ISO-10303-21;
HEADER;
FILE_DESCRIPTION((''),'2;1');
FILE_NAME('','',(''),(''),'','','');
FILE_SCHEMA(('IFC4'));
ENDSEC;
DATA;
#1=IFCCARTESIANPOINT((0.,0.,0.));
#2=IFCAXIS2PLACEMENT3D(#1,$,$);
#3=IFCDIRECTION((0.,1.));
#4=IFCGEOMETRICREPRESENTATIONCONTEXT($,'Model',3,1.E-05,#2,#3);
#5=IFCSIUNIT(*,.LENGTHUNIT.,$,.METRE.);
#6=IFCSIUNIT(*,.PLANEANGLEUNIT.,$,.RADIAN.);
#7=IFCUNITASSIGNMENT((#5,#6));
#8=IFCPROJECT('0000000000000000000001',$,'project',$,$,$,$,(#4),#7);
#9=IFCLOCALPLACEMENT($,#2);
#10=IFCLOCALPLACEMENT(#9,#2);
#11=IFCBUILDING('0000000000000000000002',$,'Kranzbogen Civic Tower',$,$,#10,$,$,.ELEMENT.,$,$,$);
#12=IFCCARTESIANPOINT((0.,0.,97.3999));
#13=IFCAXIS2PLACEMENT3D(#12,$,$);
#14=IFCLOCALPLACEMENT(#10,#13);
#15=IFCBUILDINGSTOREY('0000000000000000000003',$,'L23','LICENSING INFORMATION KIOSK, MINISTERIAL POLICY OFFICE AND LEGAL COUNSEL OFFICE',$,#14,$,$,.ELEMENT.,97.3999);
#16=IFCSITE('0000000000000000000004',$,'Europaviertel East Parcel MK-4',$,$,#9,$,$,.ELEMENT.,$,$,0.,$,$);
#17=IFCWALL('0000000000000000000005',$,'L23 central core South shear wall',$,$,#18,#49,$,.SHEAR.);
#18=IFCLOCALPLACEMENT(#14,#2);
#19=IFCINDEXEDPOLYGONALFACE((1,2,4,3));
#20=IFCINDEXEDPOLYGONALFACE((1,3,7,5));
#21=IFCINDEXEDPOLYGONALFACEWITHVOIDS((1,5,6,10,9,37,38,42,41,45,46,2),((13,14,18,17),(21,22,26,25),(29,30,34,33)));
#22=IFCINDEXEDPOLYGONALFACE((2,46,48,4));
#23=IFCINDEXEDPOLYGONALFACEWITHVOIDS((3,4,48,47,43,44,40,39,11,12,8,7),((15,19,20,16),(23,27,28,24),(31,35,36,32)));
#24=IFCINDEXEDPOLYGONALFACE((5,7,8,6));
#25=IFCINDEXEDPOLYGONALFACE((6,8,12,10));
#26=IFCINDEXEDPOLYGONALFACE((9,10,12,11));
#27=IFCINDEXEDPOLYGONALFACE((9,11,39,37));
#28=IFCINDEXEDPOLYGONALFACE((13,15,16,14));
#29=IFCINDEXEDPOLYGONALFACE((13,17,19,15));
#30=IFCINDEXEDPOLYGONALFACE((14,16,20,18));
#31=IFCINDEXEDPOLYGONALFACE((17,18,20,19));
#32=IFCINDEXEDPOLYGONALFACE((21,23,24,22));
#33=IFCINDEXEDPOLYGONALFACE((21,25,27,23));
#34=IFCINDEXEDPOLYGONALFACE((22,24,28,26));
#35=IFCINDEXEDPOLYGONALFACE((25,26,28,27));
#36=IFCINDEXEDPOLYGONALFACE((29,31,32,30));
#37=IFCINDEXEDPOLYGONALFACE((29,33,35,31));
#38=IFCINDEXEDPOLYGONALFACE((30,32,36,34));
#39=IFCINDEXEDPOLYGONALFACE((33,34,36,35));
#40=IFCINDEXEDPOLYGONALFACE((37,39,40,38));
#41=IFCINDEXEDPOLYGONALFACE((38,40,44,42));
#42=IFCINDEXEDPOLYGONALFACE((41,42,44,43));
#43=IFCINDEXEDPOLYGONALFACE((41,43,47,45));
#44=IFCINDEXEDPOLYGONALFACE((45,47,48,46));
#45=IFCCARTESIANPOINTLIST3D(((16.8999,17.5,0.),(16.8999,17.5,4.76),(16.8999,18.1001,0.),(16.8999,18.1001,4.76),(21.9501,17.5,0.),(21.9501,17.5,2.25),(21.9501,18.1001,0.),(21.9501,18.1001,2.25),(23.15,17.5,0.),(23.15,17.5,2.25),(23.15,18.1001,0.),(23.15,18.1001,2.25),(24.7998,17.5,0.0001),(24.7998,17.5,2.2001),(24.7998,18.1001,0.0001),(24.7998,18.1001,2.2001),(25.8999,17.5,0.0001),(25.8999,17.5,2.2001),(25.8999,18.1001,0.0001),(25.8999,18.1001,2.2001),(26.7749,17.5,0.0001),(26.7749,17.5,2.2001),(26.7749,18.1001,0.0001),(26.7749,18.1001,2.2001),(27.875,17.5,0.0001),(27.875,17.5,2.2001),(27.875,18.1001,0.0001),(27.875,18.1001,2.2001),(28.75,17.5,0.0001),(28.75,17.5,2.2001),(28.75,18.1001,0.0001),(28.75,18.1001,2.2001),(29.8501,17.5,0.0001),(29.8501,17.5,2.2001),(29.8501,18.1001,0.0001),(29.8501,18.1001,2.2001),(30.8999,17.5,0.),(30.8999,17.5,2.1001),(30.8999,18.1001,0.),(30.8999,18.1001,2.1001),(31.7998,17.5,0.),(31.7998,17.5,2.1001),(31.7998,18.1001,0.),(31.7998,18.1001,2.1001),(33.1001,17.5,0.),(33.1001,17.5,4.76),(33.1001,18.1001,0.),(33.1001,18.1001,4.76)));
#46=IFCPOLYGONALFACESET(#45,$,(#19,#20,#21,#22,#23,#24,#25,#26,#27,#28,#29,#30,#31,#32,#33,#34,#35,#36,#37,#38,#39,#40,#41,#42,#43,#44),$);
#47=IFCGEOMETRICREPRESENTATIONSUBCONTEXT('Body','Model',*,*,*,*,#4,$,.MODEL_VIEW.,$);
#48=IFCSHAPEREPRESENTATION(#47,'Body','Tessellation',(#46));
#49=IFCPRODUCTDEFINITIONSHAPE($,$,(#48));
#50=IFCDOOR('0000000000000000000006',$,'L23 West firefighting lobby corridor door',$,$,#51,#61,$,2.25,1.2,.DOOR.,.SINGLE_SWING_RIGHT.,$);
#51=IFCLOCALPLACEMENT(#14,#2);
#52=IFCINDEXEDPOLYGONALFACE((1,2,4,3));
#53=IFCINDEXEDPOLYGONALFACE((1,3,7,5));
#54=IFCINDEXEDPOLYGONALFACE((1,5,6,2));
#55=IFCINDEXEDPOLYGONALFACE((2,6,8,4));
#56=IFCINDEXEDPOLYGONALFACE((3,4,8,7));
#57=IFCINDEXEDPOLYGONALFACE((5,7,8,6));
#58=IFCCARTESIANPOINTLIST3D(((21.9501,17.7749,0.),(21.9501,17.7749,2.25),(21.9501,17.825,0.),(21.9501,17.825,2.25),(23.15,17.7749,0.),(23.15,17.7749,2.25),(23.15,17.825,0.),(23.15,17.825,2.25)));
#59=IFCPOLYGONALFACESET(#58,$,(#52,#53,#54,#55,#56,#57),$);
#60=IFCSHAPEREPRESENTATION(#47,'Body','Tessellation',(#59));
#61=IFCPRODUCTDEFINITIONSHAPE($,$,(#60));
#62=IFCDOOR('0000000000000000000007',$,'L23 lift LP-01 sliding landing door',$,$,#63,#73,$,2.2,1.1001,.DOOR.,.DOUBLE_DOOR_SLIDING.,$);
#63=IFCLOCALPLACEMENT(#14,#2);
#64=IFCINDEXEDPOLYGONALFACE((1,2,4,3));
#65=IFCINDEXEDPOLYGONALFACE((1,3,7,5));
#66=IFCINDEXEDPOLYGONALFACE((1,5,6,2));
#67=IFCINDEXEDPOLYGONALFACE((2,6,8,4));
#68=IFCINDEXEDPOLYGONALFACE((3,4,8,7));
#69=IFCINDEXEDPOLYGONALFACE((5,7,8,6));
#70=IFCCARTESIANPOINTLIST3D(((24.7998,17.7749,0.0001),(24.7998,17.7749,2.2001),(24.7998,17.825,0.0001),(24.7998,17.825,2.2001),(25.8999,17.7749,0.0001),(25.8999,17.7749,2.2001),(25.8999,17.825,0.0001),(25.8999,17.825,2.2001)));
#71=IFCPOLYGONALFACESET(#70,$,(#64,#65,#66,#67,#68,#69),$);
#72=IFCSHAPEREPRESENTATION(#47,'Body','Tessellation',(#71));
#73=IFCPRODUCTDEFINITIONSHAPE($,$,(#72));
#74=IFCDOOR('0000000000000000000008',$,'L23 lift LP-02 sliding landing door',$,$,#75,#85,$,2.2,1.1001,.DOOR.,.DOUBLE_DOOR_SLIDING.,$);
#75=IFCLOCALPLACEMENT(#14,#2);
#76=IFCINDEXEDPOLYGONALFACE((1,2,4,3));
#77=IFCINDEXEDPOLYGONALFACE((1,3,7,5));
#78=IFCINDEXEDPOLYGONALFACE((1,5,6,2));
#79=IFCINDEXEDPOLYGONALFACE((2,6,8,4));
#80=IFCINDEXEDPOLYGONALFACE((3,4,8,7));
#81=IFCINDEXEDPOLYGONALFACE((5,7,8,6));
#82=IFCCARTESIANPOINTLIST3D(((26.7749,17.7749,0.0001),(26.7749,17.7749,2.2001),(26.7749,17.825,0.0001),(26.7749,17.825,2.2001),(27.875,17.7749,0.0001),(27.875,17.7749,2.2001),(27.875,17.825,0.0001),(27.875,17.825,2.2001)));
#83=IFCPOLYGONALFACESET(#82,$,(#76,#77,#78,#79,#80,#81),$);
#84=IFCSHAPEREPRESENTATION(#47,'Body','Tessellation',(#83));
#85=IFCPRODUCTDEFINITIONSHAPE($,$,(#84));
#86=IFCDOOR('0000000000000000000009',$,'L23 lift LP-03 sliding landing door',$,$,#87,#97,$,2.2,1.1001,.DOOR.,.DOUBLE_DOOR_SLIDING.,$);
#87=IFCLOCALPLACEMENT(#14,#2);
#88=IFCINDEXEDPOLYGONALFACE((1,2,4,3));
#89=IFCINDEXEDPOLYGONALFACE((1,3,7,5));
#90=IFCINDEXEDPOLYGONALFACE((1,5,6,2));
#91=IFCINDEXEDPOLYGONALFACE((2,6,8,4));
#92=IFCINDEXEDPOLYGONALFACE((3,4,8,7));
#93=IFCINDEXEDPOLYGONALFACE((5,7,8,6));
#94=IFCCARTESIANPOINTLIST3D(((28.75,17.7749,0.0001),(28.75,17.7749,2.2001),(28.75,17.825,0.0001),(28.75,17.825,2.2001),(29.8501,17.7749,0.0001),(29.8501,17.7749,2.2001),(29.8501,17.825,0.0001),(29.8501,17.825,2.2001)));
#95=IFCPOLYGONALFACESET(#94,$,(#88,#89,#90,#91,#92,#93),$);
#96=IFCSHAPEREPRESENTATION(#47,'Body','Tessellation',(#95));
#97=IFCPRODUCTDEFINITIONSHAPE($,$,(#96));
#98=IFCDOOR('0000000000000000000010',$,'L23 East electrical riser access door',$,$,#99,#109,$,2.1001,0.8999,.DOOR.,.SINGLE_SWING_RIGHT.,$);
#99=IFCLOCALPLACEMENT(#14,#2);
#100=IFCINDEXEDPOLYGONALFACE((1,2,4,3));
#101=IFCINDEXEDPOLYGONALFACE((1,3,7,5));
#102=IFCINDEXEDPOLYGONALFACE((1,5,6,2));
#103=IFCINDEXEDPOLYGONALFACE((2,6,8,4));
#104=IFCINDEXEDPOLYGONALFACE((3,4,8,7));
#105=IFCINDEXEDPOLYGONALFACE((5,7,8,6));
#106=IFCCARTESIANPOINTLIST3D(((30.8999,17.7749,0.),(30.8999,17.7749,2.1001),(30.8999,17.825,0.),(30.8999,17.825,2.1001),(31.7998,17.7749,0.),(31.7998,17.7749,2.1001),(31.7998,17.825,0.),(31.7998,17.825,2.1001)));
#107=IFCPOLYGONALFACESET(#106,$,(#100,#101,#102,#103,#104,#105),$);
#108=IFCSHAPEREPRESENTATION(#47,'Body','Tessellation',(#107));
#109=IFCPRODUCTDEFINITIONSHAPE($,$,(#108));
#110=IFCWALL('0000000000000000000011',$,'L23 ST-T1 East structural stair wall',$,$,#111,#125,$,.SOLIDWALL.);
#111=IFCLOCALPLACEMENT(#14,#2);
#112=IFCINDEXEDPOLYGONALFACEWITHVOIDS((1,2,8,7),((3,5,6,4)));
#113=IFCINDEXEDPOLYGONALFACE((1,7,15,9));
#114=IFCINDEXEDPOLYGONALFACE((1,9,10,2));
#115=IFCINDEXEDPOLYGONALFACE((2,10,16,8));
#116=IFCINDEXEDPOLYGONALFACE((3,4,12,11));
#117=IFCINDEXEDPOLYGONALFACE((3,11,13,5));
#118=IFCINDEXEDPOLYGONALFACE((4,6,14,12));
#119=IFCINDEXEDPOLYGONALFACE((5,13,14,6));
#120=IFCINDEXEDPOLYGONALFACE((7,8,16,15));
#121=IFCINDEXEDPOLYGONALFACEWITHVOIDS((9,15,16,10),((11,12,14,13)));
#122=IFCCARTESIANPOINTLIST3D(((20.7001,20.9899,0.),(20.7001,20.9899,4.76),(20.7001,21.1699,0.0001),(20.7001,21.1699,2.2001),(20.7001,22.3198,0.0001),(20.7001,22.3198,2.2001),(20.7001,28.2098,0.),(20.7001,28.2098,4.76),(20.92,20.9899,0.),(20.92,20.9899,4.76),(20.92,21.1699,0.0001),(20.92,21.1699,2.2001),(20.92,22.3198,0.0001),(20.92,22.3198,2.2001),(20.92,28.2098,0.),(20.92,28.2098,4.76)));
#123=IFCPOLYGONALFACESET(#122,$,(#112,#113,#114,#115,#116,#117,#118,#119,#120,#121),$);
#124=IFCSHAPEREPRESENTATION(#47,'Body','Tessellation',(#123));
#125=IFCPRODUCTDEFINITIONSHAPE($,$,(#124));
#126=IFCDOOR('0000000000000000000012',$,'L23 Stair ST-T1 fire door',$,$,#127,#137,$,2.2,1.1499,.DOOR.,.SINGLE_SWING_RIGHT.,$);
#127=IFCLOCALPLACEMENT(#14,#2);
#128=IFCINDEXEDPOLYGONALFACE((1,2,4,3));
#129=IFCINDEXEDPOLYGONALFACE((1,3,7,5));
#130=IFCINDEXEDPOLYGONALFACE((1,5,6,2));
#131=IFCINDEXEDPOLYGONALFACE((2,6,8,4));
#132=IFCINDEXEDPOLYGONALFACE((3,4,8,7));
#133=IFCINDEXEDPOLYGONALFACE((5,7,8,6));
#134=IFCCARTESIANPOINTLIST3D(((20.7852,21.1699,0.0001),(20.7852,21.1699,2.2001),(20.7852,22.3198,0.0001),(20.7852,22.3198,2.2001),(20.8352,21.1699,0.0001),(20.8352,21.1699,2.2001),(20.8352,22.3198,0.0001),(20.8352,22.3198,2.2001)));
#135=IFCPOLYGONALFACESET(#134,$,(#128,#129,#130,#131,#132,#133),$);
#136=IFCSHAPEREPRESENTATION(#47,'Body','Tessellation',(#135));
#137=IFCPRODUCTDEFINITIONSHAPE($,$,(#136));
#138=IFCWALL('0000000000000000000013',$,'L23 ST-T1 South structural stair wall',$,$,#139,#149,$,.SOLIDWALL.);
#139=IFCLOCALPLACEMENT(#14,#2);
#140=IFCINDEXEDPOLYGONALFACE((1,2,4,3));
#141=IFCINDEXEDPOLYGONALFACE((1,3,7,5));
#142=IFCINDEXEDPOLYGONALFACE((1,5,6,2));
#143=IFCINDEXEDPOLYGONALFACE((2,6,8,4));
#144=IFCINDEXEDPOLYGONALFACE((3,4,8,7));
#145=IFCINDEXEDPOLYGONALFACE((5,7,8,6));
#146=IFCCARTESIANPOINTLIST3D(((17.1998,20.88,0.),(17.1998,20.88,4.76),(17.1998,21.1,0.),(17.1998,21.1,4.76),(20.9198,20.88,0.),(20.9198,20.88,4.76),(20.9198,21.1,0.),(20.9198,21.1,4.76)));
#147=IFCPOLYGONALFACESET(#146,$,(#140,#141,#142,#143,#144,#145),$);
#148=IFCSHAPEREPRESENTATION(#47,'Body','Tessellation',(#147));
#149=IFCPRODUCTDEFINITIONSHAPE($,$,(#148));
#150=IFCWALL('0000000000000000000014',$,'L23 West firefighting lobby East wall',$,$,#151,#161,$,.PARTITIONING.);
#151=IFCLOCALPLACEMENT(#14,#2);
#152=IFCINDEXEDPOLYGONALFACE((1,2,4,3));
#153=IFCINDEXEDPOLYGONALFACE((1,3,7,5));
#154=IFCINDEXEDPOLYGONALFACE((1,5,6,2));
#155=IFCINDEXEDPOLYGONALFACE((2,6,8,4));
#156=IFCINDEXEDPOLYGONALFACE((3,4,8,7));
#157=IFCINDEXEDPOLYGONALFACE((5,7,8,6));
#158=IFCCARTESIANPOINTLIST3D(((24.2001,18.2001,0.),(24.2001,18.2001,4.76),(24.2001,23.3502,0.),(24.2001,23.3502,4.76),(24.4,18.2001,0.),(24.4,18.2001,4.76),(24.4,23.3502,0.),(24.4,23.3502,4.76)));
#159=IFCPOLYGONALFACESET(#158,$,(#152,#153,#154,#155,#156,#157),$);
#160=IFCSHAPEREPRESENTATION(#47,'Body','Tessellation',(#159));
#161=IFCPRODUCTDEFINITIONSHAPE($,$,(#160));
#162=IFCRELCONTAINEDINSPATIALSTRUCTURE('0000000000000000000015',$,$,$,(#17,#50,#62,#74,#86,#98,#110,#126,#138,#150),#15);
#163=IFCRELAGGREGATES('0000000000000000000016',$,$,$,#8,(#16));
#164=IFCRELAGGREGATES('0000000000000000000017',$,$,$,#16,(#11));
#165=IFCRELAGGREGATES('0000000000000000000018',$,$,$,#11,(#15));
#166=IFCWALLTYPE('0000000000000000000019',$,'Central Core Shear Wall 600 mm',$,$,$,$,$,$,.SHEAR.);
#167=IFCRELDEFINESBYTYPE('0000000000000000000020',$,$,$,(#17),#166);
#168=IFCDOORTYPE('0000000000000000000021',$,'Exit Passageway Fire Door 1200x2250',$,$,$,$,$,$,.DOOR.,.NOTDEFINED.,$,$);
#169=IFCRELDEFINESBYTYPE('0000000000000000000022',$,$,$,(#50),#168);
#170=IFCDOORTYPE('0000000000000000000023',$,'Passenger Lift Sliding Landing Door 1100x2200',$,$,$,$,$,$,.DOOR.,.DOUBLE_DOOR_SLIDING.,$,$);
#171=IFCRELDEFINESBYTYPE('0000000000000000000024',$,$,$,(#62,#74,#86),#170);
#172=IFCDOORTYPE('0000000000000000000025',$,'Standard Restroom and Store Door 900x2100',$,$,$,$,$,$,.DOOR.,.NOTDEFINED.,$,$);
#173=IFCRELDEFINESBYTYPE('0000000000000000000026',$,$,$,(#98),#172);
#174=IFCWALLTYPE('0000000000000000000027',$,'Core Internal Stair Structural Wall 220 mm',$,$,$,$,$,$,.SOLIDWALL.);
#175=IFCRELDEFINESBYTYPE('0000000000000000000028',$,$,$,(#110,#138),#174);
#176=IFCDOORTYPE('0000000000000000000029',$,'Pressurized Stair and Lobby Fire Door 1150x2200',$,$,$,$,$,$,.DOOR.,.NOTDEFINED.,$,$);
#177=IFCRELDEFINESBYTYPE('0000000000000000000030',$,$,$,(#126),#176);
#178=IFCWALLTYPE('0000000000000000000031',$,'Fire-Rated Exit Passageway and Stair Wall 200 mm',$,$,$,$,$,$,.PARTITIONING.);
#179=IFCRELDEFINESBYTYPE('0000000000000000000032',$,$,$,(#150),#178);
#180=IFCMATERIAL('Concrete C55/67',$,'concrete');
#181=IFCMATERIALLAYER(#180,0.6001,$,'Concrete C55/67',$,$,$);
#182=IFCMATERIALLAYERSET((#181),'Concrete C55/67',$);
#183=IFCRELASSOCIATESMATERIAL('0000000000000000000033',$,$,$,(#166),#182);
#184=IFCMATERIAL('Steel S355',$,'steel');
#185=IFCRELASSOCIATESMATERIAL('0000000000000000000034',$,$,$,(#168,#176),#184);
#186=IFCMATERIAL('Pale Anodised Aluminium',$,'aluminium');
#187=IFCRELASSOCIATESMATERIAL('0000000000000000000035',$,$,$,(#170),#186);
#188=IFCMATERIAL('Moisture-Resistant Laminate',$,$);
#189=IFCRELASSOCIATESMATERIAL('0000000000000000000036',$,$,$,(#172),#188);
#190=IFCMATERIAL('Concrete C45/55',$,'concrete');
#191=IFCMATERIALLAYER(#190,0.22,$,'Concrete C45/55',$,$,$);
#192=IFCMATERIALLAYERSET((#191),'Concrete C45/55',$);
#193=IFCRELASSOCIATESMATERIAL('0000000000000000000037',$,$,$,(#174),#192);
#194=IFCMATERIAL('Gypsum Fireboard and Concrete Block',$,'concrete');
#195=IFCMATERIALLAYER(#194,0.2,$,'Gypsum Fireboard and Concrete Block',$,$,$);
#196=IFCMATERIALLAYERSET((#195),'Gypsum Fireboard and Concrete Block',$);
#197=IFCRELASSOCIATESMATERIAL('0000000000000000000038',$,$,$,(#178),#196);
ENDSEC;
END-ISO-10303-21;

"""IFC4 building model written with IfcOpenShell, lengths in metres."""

from ifc_helpers import new_model, si_unit, direction, frame, frame_2d, origin, place, context, subcontext, project, spatial, rectangle, extrude, material, layer, layer_set, type_object, element, fill, save


model = new_model("IFC4")

# Units and contexts
model_context = context("Model", 3, precision=1e-05, world=origin(), true_north=direction((0.0, 1.0)))
body_context = subcontext(model_context, "Body", "Model", "MODEL_VIEW")
ifc_project = project(units=[si_unit("LENGTHUNIT", "METRE"), si_unit("PLANEANGLEUNIT", "RADIAN")], contexts=[model_context])

# Site, building, storey
site_placement = place(None, origin())
site = spatial("IfcSite", under=ifc_project, at=site_placement, Name="Europaviertel East Parcel MK-4", CompositionType="ELEMENT", RefElevation=0.0)
building_placement = place(site_placement, origin())
building = spatial("IfcBuilding", under=site, at=building_placement, Name="Kranzbogen Civic Tower", CompositionType="ELEMENT")
storey_placement = place(building_placement, frame((0.0, 0.0, 97.3999)))
storey = spatial("IfcBuildingStorey", under=building, at=storey_placement, Name="L23", Description="LICENSING INFORMATION KIOSK, MINISTERIAL POLICY OFFICE AND LEGAL COUNSEL OFFICE", CompositionType="ELEMENT", Elevation=97.3999)

# Shared definitions
ifc_material_1 = material(Name="Steel S355", Category="steel")

# Wall, openings, doors
ifc_material_2 = material(Name="Concrete C55/67", Category="concrete")
ifc_layer_1 = layer(ifc_material_2, 0.6001, Name="Concrete C55/67")
ifc_layer_set_1 = layer_set([ifc_layer_1], Name="Concrete C55/67")
wall_type_1 = type_object("IfcWallType", Name="Central Core Shear Wall 600 mm", PredefinedType="SHEAR", material=ifc_layer_set_1)
wall_1_placement = place(storey_placement, frame((16.8999, 17.8, 0.0), z_axis=(0.0, 0.0, 1.0), x_axis=(1.0, 0.0, 0.0)))
wall_1 = element("IfcWall", 1, at=wall_1_placement, inside=storey, type_object=wall_type_1, Name="L23 central core South shear wall", PredefinedType="SHEAR", context=body_context, shape_type="SweptSolid", body=[
    extrude(rectangle(XDim=16.2002, YDim=0.6001, at=frame_2d((8.1001, 0.0))), origin(), (0.0, 0.0, 1.0), 4.76),
])
opening_1_placement = place(wall_1_placement, frame((5.05, 0.0, 0.0)))
opening_1 = element("IfcOpeningElement", 2, at=opening_1_placement, cuts=wall_1, PredefinedType="OPENING", context=body_context, shape_type="SweptSolid", body=[
    extrude(rectangle(XDim=1.2, YDim=2.25, at=frame_2d((0.6001, 1.125))), frame((0.0, 0.3101, 0.0), z_axis=(0.0, -1.0, 0.0), x_axis=(1.0, 0.0, 0.0)), (0.0, 0.0, 1.0), 0.6201),
])
opening_2_placement = place(wall_1_placement, frame((14.0, 0.0, 0.0)))
opening_2 = element("IfcOpeningElement", 3, at=opening_2_placement, cuts=wall_1, PredefinedType="OPENING", context=body_context, shape_type="SweptSolid", body=[
    extrude(rectangle(XDim=0.8999, YDim=2.1001, at=frame_2d((0.45, 1.05))), frame((0.0, 0.3101, 0.0), z_axis=(0.0, -1.0, 0.0), x_axis=(1.0, 0.0, 0.0)), (0.0, 0.0, 1.0), 0.6201),
])
opening_3_placement = place(wall_1_placement, frame((7.8999, 0.0, 0.0)))
opening_3 = element("IfcOpeningElement", 4, at=opening_3_placement, cuts=wall_1, PredefinedType="OPENING", context=body_context, shape_type="SweptSolid", body=[
    extrude(rectangle(XDim=1.1001, YDim=2.2, at=frame_2d((0.55, 1.1001))), frame((0.0, 0.3101, 0.0), z_axis=(0.0, -1.0, 0.0), x_axis=(1.0, 0.0, 0.0)), (0.0, 0.0, 1.0), 0.6201),
])
opening_4_placement = place(wall_1_placement, frame((9.875, 0.0, 0.0)))
opening_4 = element("IfcOpeningElement", 5, at=opening_4_placement, cuts=wall_1, PredefinedType="OPENING", context=body_context, shape_type="SweptSolid", body=[
    extrude(rectangle(XDim=1.1001, YDim=2.2, at=frame_2d((0.55, 1.1001))), frame((0.0, 0.3101, 0.0), z_axis=(0.0, -1.0, 0.0), x_axis=(1.0, 0.0, 0.0)), (0.0, 0.0, 1.0), 0.6201),
])
opening_5_placement = place(wall_1_placement, frame((11.8501, 0.0, 0.0)))
opening_5 = element("IfcOpeningElement", 6, at=opening_5_placement, cuts=wall_1, PredefinedType="OPENING", context=body_context, shape_type="SweptSolid", body=[
    extrude(rectangle(XDim=1.1001, YDim=2.2, at=frame_2d((0.55, 1.1001))), frame((0.0, 0.3101, 0.0), z_axis=(0.0, -1.0, 0.0), x_axis=(1.0, 0.0, 0.0)), (0.0, 0.0, 1.0), 0.6201),
])
door_type_1 = type_object("IfcDoorType", Name="Exit Passageway Fire Door 1200x2250", OperationType="NOTDEFINED", PredefinedType="DOOR", material=ifc_material_1)
door_1_placement = place(opening_1_placement, origin())
door_1 = element("IfcDoor", 7, at=door_1_placement, inside=storey, type_object=door_type_1, Name="L23 West firefighting lobby corridor door", OperationType="SINGLE_SWING_RIGHT", OverallHeight=2.25, OverallWidth=1.2, PredefinedType="DOOR", context=body_context, shape_type="SweptSolid", body=[
    extrude(rectangle(XDim=1.2, YDim=2.25, at=frame_2d((0.6001, 1.125))), frame((0.0, 0.0249, 0.0), z_axis=(0.0, -1.0, 0.0), x_axis=(1.0, 0.0, 0.0)), (0.0, 0.0, 1.0), 0.05),
])
fill(opening_1, door_1)
ifc_material_3 = material(Name="Pale Anodised Aluminium", Category="aluminium")
door_type_2 = type_object("IfcDoorType", Name="Passenger Lift Sliding Landing Door 1100x2200", OperationType="DOUBLE_DOOR_SLIDING", PredefinedType="DOOR", material=ifc_material_3)
door_2_placement = place(opening_3_placement, origin())
door_2 = element("IfcDoor", 8, at=door_2_placement, inside=storey, type_object=door_type_2, Name="L23 lift LP-01 sliding landing door", OperationType="DOUBLE_DOOR_SLIDING", OverallHeight=2.2, OverallWidth=1.1001, PredefinedType="DOOR", context=body_context, shape_type="SweptSolid", body=[
    extrude(rectangle(XDim=1.1001, YDim=2.2, at=frame_2d((0.55, 1.1001))), frame((0.0, 0.0249, 0.0), z_axis=(0.0, -1.0, 0.0), x_axis=(1.0, 0.0, 0.0)), (0.0, 0.0, 1.0), 0.05),
])
fill(opening_3, door_2)
door_3_placement = place(opening_4_placement, origin())
door_3 = element("IfcDoor", 9, at=door_3_placement, inside=storey, type_object=door_type_2, Name="L23 lift LP-02 sliding landing door", OperationType="DOUBLE_DOOR_SLIDING", OverallHeight=2.2, OverallWidth=1.1001, PredefinedType="DOOR", context=body_context, shape_type="SweptSolid", body=[
    extrude(rectangle(XDim=1.1001, YDim=2.2, at=frame_2d((0.55, 1.1001))), frame((0.0, 0.0249, 0.0), z_axis=(0.0, -1.0, 0.0), x_axis=(1.0, 0.0, 0.0)), (0.0, 0.0, 1.0), 0.05),
])
fill(opening_4, door_3)
door_4_placement = place(opening_5_placement, origin())
door_4 = element("IfcDoor", 10, at=door_4_placement, inside=storey, type_object=door_type_2, Name="L23 lift LP-03 sliding landing door", OperationType="DOUBLE_DOOR_SLIDING", OverallHeight=2.2, OverallWidth=1.1001, PredefinedType="DOOR", context=body_context, shape_type="SweptSolid", body=[
    extrude(rectangle(XDim=1.1001, YDim=2.2, at=frame_2d((0.55, 1.1001))), frame((0.0, 0.0249, 0.0), z_axis=(0.0, -1.0, 0.0), x_axis=(1.0, 0.0, 0.0)), (0.0, 0.0, 1.0), 0.05),
])
fill(opening_5, door_4)
ifc_material_4 = material(Name="Moisture-Resistant Laminate")
door_type_3 = type_object("IfcDoorType", Name="Standard Restroom and Store Door 900x2100", OperationType="NOTDEFINED", PredefinedType="DOOR", material=ifc_material_4)
door_5_placement = place(opening_2_placement, origin())
door_5 = element("IfcDoor", 11, at=door_5_placement, inside=storey, type_object=door_type_3, Name="L23 East electrical riser access door", OperationType="SINGLE_SWING_RIGHT", OverallHeight=2.1001, OverallWidth=0.8999, PredefinedType="DOOR", context=body_context, shape_type="SweptSolid", body=[
    extrude(rectangle(XDim=0.8999, YDim=2.1001, at=frame_2d((0.45, 1.05))), frame((0.0, 0.0249, 0.0), z_axis=(0.0, -1.0, 0.0), x_axis=(1.0, 0.0, 0.0)), (0.0, 0.0, 1.0), 0.05),
])
fill(opening_2, door_5)

# Wall, opening, door
ifc_material_5 = material(Name="Concrete C45/55", Category="concrete")
ifc_layer_2 = layer(ifc_material_5, 0.22, Name="Concrete C45/55")
ifc_layer_set_2 = layer_set([ifc_layer_2], Name="Concrete C45/55")
wall_type_2 = type_object("IfcWallType", Name="Core Internal Stair Structural Wall 220 mm", PredefinedType="SOLIDWALL", material=ifc_layer_set_2)
wall_2_placement = place(storey_placement, frame((20.8101, 20.99, 0.0), z_axis=(0.0, 0.0, 1.0), x_axis=(0.0, 1.0, 0.0)))
wall_2 = element("IfcWall", 12, at=wall_2_placement, inside=storey, type_object=wall_type_2, Name="L23 ST-T1 East structural stair wall", PredefinedType="SOLIDWALL", context=body_context, shape_type="SweptSolid", body=[
    extrude(rectangle(XDim=7.22, YDim=0.22, at=frame_2d((3.6099, 0.0))), origin(), (0.0, 0.0, 1.0), 4.76),
])
opening_6_placement = place(wall_2_placement, frame((0.1799, 0.0, 0.0)))
opening_6 = element("IfcOpeningElement", 13, at=opening_6_placement, cuts=wall_2, PredefinedType="OPENING", context=body_context, shape_type="SweptSolid", body=[
    extrude(rectangle(XDim=1.1499, YDim=2.2, at=frame_2d((0.575, 1.1001))), frame((0.0, 0.1201, 0.0), z_axis=(0.0, -1.0, 0.0), x_axis=(1.0, 0.0, 0.0)), (0.0, 0.0, 1.0), 0.24),
])
door_type_4 = type_object("IfcDoorType", Name="Pressurized Stair and Lobby Fire Door 1150x2200", OperationType="NOTDEFINED", PredefinedType="DOOR", material=ifc_material_1)
door_6_placement = place(opening_6_placement, origin())
door_6 = element("IfcDoor", 14, at=door_6_placement, inside=storey, type_object=door_type_4, Name="L23 Stair ST-T1 fire door", OperationType="SINGLE_SWING_RIGHT", OverallHeight=2.2, OverallWidth=1.1499, PredefinedType="DOOR", context=body_context, shape_type="SweptSolid", body=[
    extrude(rectangle(XDim=1.1499, YDim=2.2, at=frame_2d((0.575, 1.1001))), frame((0.0, 0.0249, 0.0), z_axis=(0.0, -1.0, 0.0), x_axis=(1.0, 0.0, 0.0)), (0.0, 0.0, 1.0), 0.05),
])
fill(opening_6, door_6)

# Walls
wall_3_placement = place(storey_placement, frame((17.2, 20.99, 0.0), z_axis=(0.0, 0.0, 1.0), x_axis=(1.0, 0.0, 0.0)))
element("IfcWall", 15, at=wall_3_placement, inside=storey, type_object=wall_type_2, Name="L23 ST-T1 South structural stair wall", PredefinedType="SOLIDWALL", context=body_context, shape_type="SweptSolid", body=[
    extrude(rectangle(XDim=3.72, YDim=0.22, at=frame_2d((1.8599, 0.0))), origin(), (0.0, 0.0, 1.0), 4.76),
])
ifc_material_6 = material(Name="Gypsum Fireboard and Concrete Block", Category="concrete")
ifc_layer_3 = layer(ifc_material_6, 0.2, Name="Gypsum Fireboard and Concrete Block")
ifc_layer_set_3 = layer_set([ifc_layer_3], Name="Gypsum Fireboard and Concrete Block")
wall_type_3 = type_object("IfcWallType", Name="Fire-Rated Exit Passageway and Stair Wall 200 mm", PredefinedType="PARTITIONING", material=ifc_layer_set_3)
wall_4_placement = place(storey_placement, frame((24.3, 18.2, 0.0), z_axis=(0.0, 0.0, 1.0), x_axis=(0.0, 1.0, 0.0)))
element("IfcWall", 16, at=wall_4_placement, inside=storey, type_object=wall_type_3, Name="L23 West firefighting lobby East wall", PredefinedType="PARTITIONING", context=body_context, shape_type="SweptSolid", body=[
    extrude(rectangle(XDim=5.1501, YDim=0.2, at=frame_2d((2.5752, 0.0))), origin(), (0.0, 0.0, 1.0), 4.76),
])

save(model, "model.ifc")
